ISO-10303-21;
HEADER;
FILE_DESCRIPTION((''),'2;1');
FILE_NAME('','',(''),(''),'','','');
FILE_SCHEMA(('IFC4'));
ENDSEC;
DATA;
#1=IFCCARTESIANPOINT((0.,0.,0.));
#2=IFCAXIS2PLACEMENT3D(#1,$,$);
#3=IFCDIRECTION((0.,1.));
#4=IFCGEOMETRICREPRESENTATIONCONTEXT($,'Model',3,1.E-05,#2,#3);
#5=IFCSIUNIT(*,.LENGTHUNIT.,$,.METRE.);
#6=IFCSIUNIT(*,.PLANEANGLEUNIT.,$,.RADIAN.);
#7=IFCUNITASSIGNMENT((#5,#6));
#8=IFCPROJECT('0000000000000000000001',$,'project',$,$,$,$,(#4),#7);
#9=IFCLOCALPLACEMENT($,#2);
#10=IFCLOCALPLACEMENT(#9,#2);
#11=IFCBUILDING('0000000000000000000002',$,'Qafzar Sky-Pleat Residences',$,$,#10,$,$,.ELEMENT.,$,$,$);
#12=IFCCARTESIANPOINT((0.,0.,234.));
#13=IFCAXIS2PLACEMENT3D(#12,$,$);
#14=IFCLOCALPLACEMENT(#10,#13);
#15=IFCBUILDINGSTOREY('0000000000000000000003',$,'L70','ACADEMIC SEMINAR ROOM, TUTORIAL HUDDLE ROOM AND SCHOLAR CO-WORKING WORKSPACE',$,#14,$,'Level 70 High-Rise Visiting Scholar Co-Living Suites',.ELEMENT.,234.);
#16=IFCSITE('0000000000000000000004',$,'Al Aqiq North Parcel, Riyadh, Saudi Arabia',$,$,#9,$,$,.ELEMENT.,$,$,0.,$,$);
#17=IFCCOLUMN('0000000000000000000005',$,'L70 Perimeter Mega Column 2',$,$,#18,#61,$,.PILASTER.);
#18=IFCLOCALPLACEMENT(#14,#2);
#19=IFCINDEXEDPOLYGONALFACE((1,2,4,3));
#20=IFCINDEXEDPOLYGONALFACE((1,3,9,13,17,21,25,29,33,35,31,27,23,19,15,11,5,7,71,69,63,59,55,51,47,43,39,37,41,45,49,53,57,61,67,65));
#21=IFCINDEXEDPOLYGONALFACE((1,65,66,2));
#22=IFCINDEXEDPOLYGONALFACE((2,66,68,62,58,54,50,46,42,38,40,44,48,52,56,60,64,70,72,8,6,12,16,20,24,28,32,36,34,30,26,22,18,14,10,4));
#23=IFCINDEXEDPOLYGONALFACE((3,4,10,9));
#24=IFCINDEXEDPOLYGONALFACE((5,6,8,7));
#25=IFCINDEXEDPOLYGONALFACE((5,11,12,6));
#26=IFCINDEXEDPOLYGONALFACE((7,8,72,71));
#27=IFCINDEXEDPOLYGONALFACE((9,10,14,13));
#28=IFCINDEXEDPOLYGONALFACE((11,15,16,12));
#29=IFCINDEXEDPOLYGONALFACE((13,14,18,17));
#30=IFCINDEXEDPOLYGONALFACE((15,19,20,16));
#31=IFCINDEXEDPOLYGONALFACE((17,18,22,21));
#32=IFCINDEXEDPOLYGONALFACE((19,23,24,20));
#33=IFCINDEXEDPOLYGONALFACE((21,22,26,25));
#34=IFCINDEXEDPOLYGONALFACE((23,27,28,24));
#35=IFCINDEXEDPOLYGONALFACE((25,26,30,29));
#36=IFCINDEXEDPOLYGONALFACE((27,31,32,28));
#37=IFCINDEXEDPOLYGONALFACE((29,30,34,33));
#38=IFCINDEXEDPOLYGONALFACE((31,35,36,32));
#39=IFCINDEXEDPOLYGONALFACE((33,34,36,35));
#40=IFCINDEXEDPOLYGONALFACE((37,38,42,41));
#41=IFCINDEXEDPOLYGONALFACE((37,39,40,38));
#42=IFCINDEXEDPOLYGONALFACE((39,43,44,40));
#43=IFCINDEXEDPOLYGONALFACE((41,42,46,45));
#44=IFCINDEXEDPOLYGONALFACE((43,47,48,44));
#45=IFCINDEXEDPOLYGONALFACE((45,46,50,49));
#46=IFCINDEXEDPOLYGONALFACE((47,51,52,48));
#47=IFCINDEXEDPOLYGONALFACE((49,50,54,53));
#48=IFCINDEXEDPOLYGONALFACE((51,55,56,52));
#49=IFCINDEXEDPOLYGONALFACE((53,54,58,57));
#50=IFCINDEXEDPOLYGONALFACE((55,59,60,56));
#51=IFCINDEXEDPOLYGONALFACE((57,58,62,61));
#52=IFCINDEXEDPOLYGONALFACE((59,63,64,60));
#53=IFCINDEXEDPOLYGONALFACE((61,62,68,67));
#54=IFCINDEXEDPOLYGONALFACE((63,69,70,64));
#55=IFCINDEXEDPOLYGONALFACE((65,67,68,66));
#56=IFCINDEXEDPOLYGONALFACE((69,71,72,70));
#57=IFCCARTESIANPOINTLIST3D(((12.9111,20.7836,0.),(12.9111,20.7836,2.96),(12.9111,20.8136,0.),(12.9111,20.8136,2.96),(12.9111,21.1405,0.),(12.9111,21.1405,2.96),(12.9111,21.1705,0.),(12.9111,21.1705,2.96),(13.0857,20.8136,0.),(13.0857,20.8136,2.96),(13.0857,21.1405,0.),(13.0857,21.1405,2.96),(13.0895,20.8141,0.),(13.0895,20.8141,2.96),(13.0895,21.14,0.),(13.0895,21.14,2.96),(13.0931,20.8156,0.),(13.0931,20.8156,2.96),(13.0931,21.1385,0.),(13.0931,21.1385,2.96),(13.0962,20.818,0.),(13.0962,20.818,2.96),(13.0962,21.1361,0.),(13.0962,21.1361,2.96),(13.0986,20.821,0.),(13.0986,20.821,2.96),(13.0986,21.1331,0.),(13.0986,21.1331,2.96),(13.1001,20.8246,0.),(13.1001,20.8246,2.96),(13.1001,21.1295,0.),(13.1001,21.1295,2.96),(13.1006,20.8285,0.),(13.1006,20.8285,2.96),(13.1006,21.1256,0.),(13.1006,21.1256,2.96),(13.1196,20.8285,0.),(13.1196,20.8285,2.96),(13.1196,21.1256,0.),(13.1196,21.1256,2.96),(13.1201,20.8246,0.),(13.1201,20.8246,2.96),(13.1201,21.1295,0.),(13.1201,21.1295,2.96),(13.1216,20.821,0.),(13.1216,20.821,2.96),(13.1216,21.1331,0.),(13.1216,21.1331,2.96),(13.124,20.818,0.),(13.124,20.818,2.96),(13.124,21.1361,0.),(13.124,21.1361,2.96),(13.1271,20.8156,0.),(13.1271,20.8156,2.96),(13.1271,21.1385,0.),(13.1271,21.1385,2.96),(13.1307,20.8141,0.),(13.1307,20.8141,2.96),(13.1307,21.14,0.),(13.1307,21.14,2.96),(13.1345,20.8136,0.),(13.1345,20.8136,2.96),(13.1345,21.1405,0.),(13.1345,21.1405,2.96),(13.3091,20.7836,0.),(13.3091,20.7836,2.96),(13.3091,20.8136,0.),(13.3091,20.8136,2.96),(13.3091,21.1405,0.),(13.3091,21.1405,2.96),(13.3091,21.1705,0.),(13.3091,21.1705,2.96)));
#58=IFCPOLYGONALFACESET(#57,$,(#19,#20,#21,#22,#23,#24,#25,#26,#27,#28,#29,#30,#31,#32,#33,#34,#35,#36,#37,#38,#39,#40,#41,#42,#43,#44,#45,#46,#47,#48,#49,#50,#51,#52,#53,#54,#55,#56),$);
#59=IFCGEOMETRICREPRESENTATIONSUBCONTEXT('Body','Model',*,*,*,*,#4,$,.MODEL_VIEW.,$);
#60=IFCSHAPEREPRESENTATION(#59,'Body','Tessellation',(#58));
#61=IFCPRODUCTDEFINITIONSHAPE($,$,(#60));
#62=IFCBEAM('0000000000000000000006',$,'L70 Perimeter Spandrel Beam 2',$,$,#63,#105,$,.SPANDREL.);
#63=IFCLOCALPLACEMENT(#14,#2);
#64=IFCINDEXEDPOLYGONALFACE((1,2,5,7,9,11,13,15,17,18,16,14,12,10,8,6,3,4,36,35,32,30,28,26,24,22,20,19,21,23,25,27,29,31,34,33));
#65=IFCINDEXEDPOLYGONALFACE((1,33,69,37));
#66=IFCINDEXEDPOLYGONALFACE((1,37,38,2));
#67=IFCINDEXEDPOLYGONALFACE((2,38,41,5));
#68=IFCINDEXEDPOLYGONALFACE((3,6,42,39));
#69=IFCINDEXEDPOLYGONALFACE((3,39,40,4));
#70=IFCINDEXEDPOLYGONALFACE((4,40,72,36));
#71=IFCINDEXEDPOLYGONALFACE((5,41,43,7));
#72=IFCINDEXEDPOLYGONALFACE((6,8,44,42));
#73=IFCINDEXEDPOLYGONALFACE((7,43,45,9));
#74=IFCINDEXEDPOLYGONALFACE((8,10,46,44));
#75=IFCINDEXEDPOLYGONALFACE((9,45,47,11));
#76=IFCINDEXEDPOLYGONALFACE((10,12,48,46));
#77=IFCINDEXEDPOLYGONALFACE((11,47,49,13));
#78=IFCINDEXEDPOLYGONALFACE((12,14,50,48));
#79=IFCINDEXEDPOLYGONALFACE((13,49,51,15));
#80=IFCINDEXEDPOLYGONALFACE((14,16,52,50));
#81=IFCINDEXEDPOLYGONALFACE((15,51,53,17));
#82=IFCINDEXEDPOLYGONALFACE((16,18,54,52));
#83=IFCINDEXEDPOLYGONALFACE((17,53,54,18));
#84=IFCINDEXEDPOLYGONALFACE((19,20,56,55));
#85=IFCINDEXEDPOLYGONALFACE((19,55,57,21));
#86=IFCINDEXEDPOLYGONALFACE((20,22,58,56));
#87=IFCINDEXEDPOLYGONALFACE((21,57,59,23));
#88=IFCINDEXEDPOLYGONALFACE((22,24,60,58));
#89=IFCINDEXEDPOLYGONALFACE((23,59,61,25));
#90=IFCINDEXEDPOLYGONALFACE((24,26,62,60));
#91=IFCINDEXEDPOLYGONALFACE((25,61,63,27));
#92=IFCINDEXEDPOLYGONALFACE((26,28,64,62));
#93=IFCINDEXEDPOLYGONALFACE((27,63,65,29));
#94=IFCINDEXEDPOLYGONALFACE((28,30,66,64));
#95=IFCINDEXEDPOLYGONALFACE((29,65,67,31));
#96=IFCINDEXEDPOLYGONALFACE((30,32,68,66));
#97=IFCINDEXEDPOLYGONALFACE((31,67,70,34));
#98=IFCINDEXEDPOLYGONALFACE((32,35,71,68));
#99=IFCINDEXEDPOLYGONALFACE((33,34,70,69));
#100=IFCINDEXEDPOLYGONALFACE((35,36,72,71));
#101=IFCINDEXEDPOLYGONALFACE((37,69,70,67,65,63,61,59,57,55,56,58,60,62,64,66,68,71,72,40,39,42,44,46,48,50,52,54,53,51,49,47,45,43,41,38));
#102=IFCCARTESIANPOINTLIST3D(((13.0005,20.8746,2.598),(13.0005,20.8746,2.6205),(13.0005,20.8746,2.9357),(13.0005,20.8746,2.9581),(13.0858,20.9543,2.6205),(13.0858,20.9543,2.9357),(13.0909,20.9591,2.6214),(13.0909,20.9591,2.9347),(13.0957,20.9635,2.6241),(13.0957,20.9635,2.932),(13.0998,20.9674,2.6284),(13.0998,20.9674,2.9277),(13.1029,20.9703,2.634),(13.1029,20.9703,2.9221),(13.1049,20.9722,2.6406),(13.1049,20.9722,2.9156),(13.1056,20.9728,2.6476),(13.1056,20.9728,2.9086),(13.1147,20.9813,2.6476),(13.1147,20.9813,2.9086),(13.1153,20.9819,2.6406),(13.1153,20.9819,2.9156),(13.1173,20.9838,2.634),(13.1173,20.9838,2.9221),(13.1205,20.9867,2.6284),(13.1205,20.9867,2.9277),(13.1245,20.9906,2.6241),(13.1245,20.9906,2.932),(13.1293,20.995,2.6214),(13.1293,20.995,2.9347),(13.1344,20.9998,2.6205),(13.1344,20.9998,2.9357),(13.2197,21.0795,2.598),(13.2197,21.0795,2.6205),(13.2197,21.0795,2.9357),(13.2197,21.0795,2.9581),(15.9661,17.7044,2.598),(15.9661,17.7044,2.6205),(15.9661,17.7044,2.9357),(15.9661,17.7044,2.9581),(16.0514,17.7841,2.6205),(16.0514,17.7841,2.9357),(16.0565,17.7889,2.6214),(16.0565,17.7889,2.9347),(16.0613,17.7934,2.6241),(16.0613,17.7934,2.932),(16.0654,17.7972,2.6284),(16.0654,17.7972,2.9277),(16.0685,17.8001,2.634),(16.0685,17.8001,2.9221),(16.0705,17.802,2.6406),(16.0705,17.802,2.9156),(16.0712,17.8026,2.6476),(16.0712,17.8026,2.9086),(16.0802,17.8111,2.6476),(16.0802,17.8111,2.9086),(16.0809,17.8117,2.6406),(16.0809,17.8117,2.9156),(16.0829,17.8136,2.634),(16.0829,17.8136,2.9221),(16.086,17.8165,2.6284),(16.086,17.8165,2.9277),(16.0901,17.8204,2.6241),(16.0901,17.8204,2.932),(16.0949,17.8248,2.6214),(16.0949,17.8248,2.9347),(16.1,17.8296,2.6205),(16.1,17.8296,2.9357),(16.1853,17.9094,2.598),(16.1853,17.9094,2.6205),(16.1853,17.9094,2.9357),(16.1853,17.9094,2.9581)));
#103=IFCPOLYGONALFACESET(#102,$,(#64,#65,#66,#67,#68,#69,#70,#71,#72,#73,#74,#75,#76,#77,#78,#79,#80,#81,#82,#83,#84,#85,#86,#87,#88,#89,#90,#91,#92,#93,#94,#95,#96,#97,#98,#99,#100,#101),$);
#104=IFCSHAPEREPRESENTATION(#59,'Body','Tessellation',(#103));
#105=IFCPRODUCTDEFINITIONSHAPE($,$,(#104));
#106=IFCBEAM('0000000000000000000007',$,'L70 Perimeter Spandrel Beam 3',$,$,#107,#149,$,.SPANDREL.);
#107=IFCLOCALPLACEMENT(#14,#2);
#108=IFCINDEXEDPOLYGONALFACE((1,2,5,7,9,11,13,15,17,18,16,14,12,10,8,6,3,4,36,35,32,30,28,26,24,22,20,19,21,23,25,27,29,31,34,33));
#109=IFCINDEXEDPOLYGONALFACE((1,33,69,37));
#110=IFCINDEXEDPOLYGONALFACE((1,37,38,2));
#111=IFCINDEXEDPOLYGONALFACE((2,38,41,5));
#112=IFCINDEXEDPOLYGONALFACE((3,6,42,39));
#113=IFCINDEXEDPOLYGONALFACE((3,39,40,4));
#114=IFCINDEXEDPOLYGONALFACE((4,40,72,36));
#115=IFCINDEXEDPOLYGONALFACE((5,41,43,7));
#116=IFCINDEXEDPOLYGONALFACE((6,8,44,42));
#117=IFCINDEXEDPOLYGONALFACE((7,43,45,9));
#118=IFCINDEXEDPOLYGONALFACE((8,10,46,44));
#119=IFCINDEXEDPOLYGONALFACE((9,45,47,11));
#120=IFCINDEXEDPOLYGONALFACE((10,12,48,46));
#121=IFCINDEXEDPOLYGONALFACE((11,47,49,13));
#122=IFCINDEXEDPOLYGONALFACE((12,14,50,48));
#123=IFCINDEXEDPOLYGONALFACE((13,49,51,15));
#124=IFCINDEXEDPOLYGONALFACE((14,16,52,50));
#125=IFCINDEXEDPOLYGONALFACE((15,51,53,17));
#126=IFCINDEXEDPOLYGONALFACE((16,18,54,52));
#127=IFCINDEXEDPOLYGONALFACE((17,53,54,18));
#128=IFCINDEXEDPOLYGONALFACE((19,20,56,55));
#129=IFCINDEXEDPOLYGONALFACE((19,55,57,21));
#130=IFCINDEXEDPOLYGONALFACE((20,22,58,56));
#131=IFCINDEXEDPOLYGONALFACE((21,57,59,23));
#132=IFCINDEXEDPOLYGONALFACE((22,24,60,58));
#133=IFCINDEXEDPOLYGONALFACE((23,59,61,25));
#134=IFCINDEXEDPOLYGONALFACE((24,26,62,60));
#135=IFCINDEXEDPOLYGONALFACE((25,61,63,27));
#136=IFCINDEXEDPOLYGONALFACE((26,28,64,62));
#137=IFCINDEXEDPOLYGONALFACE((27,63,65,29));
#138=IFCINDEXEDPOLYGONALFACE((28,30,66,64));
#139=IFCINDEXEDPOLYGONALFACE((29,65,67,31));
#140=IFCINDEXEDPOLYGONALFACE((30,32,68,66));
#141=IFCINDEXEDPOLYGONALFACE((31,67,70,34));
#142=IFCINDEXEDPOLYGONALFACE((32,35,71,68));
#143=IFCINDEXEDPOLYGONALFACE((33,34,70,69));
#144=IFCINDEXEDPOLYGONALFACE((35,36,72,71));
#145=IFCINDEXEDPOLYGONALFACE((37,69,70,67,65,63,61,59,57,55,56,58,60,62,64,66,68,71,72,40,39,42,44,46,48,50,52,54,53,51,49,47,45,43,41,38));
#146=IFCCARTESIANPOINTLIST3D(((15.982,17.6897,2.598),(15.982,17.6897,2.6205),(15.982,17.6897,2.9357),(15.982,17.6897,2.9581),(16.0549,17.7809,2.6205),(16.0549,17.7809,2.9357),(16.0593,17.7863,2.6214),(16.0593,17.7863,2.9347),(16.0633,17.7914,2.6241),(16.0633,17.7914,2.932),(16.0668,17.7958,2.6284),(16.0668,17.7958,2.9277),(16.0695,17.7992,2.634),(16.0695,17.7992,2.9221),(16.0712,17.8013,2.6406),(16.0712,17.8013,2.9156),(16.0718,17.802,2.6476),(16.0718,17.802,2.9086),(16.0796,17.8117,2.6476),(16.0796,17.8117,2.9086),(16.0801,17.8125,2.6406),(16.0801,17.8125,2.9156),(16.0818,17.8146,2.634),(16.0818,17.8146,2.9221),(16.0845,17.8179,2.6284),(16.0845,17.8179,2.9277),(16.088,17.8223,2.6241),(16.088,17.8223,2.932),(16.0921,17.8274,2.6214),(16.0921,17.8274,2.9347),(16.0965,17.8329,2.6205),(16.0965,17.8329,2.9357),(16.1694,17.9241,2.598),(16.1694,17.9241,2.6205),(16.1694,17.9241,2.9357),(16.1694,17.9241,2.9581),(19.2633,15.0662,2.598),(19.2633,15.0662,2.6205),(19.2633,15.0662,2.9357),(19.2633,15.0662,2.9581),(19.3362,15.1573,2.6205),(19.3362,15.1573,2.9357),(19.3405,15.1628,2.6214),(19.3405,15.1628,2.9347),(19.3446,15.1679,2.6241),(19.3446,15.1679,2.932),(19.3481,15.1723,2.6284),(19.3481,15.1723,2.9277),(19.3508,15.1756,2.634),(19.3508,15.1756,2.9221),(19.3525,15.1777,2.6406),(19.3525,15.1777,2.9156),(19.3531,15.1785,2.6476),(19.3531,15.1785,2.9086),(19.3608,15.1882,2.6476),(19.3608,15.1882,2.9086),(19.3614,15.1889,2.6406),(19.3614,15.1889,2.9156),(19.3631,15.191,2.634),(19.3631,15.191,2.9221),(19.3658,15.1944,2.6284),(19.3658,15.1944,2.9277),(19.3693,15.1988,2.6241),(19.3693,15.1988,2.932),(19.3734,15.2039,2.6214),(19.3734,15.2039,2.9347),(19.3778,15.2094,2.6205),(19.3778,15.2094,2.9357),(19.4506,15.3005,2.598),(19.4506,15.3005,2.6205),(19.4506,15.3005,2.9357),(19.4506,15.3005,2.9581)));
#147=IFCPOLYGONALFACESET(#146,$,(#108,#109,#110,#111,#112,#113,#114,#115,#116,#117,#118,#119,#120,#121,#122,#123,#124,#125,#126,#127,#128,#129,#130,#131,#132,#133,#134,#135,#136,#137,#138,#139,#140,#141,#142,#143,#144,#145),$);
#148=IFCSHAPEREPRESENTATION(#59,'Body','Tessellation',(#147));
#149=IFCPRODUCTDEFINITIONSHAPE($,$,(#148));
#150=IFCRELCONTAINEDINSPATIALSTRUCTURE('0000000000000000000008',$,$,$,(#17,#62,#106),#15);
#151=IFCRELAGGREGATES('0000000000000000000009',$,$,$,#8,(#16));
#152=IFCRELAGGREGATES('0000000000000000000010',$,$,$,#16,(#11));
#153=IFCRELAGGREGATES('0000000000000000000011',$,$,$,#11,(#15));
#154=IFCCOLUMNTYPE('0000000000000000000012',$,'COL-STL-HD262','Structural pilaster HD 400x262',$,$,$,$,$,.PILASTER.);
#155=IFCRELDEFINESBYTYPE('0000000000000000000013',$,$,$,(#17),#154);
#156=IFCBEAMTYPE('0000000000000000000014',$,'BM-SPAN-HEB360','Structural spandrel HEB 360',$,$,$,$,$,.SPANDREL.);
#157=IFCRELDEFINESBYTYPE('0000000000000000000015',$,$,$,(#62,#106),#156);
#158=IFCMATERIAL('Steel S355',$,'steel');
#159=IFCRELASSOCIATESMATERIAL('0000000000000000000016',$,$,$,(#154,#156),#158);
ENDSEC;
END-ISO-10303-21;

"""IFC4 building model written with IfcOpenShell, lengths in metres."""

from ifc_helpers import new_model, si_unit, direction, frame, origin, origin_2d, place, context, subcontext, project, spatial, i_section, extrude, source, transform, mapped, material, material_profile, profile_set, type_object, element, save


model = new_model("IFC4")

# Units and contexts
model_context = context("Model", 3, precision=1e-05, world=origin(), true_north=direction((0.0, 1.0)))
body_context = subcontext(model_context, "Body", "Model", "MODEL_VIEW")
ifc_project = project(units=[si_unit("LENGTHUNIT", "METRE"), si_unit("PLANEANGLEUNIT", "RADIAN")], contexts=[model_context])

# Site, building, storey
site_placement = place(None, origin())
site = spatial("IfcSite", under=ifc_project, at=site_placement, Name="Al Aqiq North Parcel, Riyadh, Saudi Arabia", CompositionType="ELEMENT", RefElevation=0.0)
building_placement = place(site_placement, origin())
building = spatial("IfcBuilding", under=site, at=building_placement, Name="Qafzar Sky-Pleat Residences", CompositionType="ELEMENT")
storey_placement = place(building_placement, frame((0.0, 0.0, 234.0)))
storey = spatial("IfcBuildingStorey", under=building, at=storey_placement, Name="L70", Description="ACADEMIC SEMINAR ROOM, TUTORIAL HUDDLE ROOM AND SCHOLAR CO-WORKING WORKSPACE", LongName="Level 70 High-Rise Visiting Scholar Co-Living Suites", CompositionType="ELEMENT", Elevation=234.0)

# Column
ifc_material_1 = material(Name="Steel S355", Category="steel")
ifc_material_profile_1 = material_profile(ifc_material_1, i_section(OverallWidth=0.3979, OverallDepth=0.387, WebThickness=0.019, FlangeThickness=0.03, FilletRadius=0.0149, at=origin_2d()), Name="HD 400x262")
ifc_profile_set_1 = profile_set([ifc_material_profile_1], Name="Steel S355")
column_type = type_object("IfcColumnType", Name="COL-STL-HD262", Description="Structural pilaster HD 400x262", PredefinedType="PILASTER", material=ifc_profile_set_1)
shared_shape_1 = source(origin(), body_context, "Body", "SweptSolid", [
    extrude(i_section(OverallWidth=0.3979, OverallDepth=0.387, WebThickness=0.019, FlangeThickness=0.03, FilletRadius=0.0149, at=origin_2d()), origin(), (0.0, 0.0, 1.0), 2.96),
])
column_placement = place(storey_placement, frame((13.1101, 20.9771, 0.0), z_axis=(0.0, 0.0, 1.0), x_axis=(1.0, 0.0, 0.0)))
element("IfcColumn", 1, at=column_placement, inside=storey, type_object=column_type, Name="L70 Perimeter Mega Column 2", PredefinedType="PILASTER", context=body_context, shape_type="MappedRepresentation", body=[
    mapped(shared_shape_1, transform((0.0, 0.0, 0.0), x_axis=(1.0, 0.0, 0.0), y_axis=(0.0, 1.0, 0.0), z_axis=(0.0, 0.0, 1.0), scale=1.0)),
])

# Beams
ifc_material_profile_2 = material_profile(ifc_material_1, i_section(OverallWidth=0.3, OverallDepth=0.3601, WebThickness=0.0125, FlangeThickness=0.0225, FilletRadius=0.0271, at=origin_2d()), Name="HEB 360")
ifc_profile_set_2 = profile_set([ifc_material_profile_2], Name="Steel S355")
beam_type_1 = type_object("IfcBeamType", Name="BM-SPAN-HEB360", Description="Structural spandrel HEB 360", PredefinedType="SPANDREL", material=ifc_profile_set_2)
shared_shape_2 = source(origin(), body_context, "Body", "SweptSolid", [
    extrude(i_section(OverallWidth=0.3, OverallDepth=0.3601, WebThickness=0.0125, FlangeThickness=0.0225, FilletRadius=0.0271, at=origin_2d()), origin(), (0.0, 0.0, 1.0), 4.3411),
])
beam_1_placement = place(storey_placement, frame((13.1101, 20.9771, 2.7781), z_axis=(0.683149, -0.730279, 0.0), x_axis=(0.730279, 0.683149, 0.0)))
element("IfcBeam", 2, at=beam_1_placement, inside=storey, type_object=beam_type_1, Name="L70 Perimeter Spandrel Beam 2", PredefinedType="SPANDREL", context=body_context, shape_type="MappedRepresentation", body=[
    mapped(shared_shape_2, transform((0.0, 0.0, 0.0), x_axis=(1.0, 0.0, 0.0), y_axis=(0.0, 1.0, 0.0), z_axis=(0.0, 0.0, 1.0), scale=1.0)),
])
shared_shape_3 = source(origin(), body_context, "Body", "SweptSolid", [
    extrude(i_section(OverallWidth=0.3, OverallDepth=0.3601, WebThickness=0.0125, FlangeThickness=0.0225, FilletRadius=0.0271, at=origin_2d()), origin(), (0.0, 0.0, 1.0), 4.2012),
])
beam_2_placement = place(storey_placement, frame((16.0757, 17.8069, 2.7781), z_axis=(0.781039, -0.624482, 0.0), x_axis=(0.624482, 0.781039, 0.0)))
element("IfcBeam", 3, at=beam_2_placement, inside=storey, type_object=beam_type_1, Name="L70 Perimeter Spandrel Beam 3", PredefinedType="SPANDREL", context=body_context, shape_type="MappedRepresentation", body=[
    mapped(shared_shape_3, transform((0.0, 0.0, 0.0), x_axis=(1.0, 0.0, 0.0), y_axis=(0.0, 1.0, 0.0), z_axis=(0.0, 0.0, 1.0), scale=1.0)),
])

save(model, "model.ifc")
